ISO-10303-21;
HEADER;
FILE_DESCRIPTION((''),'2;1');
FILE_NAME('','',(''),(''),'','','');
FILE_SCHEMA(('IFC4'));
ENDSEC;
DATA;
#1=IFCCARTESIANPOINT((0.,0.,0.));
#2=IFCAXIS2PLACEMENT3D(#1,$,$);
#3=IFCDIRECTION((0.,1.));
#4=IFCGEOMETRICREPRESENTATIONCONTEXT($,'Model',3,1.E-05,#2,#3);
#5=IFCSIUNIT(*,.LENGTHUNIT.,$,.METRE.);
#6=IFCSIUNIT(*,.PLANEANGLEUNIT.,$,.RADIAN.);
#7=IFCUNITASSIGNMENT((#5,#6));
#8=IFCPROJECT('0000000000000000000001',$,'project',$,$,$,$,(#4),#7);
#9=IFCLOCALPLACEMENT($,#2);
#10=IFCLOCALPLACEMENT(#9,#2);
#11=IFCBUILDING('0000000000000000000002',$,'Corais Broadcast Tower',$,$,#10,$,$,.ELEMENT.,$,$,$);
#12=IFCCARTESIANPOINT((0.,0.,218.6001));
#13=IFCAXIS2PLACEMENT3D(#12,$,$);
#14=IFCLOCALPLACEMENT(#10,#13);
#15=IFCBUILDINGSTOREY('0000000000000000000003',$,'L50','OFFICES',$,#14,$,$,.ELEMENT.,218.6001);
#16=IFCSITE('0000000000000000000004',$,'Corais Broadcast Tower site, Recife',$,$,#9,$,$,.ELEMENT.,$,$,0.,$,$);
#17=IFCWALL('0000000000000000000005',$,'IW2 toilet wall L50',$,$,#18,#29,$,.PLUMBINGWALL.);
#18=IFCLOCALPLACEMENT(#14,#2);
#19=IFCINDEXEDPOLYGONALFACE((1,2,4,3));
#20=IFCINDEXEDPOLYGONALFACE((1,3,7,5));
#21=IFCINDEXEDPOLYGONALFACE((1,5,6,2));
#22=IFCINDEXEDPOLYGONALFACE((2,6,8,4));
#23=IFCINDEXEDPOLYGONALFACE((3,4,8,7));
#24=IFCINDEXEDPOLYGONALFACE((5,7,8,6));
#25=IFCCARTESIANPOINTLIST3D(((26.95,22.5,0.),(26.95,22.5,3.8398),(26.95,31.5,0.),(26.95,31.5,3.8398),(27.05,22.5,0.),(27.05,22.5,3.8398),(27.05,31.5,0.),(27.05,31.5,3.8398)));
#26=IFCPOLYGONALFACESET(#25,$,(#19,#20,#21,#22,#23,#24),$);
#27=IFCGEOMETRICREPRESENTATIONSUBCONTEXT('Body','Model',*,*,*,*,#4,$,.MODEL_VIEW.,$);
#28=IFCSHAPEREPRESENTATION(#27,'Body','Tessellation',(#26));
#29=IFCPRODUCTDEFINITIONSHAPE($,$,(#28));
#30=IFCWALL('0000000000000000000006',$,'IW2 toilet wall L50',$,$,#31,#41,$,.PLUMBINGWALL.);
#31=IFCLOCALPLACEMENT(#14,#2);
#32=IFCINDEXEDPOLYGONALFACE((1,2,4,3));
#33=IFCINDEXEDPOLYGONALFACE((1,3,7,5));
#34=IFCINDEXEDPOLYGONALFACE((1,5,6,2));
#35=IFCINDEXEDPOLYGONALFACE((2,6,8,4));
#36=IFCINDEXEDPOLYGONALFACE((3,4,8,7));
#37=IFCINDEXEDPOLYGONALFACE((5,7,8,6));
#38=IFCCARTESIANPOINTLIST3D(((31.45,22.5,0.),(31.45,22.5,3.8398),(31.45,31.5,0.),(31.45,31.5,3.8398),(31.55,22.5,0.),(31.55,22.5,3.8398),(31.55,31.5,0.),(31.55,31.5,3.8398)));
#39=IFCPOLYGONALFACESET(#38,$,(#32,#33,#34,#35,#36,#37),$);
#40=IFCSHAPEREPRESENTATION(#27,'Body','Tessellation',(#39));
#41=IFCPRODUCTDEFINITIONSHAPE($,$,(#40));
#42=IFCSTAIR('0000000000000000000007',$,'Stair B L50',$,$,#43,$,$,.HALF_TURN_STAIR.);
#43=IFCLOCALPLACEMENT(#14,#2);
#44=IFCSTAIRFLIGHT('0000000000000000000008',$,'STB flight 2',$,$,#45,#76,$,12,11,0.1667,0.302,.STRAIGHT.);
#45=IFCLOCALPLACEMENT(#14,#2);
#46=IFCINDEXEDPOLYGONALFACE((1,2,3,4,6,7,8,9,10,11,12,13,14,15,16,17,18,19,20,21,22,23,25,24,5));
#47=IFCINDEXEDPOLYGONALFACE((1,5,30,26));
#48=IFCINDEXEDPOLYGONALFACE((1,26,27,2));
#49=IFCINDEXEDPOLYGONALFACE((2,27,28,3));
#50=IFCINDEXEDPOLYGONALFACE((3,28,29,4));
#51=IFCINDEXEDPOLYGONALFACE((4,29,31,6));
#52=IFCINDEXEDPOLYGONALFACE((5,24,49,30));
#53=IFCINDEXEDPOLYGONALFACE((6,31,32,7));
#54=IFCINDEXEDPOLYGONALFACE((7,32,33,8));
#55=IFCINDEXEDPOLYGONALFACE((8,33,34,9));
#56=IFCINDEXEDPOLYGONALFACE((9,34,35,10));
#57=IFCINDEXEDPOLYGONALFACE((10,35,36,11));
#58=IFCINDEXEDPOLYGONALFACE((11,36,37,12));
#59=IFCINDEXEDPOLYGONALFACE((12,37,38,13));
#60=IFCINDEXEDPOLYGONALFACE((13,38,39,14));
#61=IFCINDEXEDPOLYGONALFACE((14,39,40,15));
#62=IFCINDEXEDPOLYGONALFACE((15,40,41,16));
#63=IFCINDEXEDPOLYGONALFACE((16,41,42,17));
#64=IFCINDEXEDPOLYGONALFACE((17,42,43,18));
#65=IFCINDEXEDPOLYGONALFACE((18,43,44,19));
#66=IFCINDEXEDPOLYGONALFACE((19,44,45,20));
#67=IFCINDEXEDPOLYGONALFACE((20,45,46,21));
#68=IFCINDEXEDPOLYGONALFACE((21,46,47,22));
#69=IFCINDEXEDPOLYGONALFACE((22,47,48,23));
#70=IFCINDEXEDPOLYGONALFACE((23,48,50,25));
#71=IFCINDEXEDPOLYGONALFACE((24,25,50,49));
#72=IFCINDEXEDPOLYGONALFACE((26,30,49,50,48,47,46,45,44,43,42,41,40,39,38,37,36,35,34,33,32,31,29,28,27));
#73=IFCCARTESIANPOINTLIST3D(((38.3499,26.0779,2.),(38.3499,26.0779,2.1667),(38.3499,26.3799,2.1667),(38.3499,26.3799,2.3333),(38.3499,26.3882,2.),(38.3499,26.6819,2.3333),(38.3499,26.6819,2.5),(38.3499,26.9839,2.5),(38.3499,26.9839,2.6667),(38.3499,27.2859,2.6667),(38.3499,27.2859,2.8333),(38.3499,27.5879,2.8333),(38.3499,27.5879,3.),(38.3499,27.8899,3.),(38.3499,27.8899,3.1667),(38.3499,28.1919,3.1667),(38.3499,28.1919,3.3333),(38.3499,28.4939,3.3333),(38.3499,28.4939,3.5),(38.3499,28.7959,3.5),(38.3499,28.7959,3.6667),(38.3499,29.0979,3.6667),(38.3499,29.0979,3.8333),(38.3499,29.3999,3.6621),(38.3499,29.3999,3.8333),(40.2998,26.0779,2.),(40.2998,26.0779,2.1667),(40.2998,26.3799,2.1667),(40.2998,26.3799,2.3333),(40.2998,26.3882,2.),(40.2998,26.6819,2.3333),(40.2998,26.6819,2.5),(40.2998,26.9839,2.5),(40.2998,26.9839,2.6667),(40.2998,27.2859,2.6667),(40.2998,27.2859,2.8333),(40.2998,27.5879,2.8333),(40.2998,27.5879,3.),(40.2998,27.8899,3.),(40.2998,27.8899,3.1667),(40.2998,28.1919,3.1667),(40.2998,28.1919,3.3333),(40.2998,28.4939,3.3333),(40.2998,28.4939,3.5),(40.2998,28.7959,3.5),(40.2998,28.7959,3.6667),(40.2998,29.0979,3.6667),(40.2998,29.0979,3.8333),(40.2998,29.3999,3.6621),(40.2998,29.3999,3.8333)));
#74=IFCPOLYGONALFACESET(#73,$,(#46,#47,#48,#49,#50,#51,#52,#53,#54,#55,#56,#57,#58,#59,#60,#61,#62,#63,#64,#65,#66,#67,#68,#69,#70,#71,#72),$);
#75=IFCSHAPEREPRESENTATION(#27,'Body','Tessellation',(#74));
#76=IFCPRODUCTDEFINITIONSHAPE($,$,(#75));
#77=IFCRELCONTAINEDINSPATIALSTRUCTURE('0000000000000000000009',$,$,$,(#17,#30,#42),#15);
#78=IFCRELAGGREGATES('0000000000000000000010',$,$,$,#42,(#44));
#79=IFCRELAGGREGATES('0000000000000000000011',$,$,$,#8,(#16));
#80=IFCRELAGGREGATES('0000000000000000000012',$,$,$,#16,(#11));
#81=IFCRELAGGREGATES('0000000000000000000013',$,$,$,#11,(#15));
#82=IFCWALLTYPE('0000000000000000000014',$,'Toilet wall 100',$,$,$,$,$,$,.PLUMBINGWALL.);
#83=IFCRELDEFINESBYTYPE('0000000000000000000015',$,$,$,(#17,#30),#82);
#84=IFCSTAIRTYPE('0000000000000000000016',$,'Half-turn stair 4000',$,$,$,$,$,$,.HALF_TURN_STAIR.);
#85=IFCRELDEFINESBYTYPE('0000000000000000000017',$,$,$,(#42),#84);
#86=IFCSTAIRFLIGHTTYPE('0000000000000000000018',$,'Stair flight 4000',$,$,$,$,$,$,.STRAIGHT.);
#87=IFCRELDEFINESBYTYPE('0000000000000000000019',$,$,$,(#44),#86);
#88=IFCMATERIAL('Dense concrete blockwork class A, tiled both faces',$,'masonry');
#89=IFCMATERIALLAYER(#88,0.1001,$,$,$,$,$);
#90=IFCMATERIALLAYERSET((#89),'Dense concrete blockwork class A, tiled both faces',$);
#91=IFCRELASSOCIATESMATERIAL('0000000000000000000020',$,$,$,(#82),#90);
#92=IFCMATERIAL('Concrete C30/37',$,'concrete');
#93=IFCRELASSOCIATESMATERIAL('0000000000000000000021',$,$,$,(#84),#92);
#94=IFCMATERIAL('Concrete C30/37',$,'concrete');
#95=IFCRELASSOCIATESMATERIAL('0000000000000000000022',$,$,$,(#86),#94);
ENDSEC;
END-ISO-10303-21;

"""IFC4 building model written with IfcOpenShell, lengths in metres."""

from ifc_helpers import new_model, si_unit, direction, frame, frame_2d, origin, place, context, subcontext, project, spatial, polyline, rectangle, outline, extrude, material, layer, layer_set, type_object, element, aggregate, save


model = new_model("IFC4")

# Units and contexts
model_context = context("Model", 3, precision=1e-05, world=origin(), true_north=direction((0.0, 1.0)))
body_context = subcontext(model_context, "Body", "Model", "MODEL_VIEW")
ifc_project = project(units=[si_unit("LENGTHUNIT", "METRE"), si_unit("PLANEANGLEUNIT", "RADIAN")], contexts=[model_context])

# Site, building, storey
site_placement = place(None, origin())
site = spatial("IfcSite", under=ifc_project, at=site_placement, Name="Corais Broadcast Tower site, Recife", CompositionType="ELEMENT", RefElevation=0.0)
building_placement = place(site_placement, origin())
building = spatial("IfcBuilding", under=site, at=building_placement, Name="Corais Broadcast Tower", CompositionType="ELEMENT")
storey_placement = place(building_placement, frame((0.0, 0.0, 218.6001)))
storey = spatial("IfcBuildingStorey", under=building, at=storey_placement, Name="L50", Description="OFFICES", CompositionType="ELEMENT", Elevation=218.6001)

# Walls
ifc_material_1 = material(Name="Dense concrete blockwork class A, tiled both faces", Category="masonry")
ifc_layer_1 = layer(ifc_material_1, 0.1001)
ifc_layer_set_1 = layer_set([ifc_layer_1], Name="Dense concrete blockwork class A, tiled both faces")
wall_type_1 = type_object("IfcWallType", Name="Toilet wall 100", PredefinedType="PLUMBINGWALL", material=ifc_layer_set_1)
for number, where, z_axis, x_axis, name in (
    (1, (27.0, 22.5, 0.0), (0.0, 0.0, 1.0), (0.0, 1.0, 0.0), "IW2 toilet wall L50"),
    (2, (31.5, 22.5, 0.0), (0.0, 0.0, 1.0), (0.0, 1.0, 0.0), "IW2 toilet wall L50"),
):
    element("IfcWall", number, at=place(storey_placement, frame(where, z_axis=z_axis, x_axis=x_axis)), inside=storey, type_object=wall_type_1, Name=name, PredefinedType="PLUMBINGWALL", context=body_context, shape_type="SweptSolid", body=[
        extrude(rectangle(XDim=9.0, YDim=0.1001, at=frame_2d((4.5, 0.0))), origin(), (0.0, 0.0, 1.0), 3.8398),
    ])

# Stair, stair flight
ifc_material_2 = material(Name="Concrete C30/37", Category="concrete")
stair_type = type_object("IfcStairType", Name="Half-turn stair 4000", PredefinedType="HALF_TURN_STAIR", material=ifc_material_2)
stair_placement = place(storey_placement, origin())
stair = element("IfcStair", 3, at=stair_placement, inside=storey, type_object=stair_type, Name="Stair B L50", PredefinedType="HALF_TURN_STAIR")
ifc_material_3 = material(Name="Concrete C30/37", Category="concrete")
stair_flight_type = type_object("IfcStairFlightType", Name="Stair flight 4000", PredefinedType="STRAIGHT", material=ifc_material_3)
stair_flight_placement = place(storey_placement, frame((39.325, 26.0779, 2.0), z_axis=(0.0, 0.0, 1.0), x_axis=(0.0, 1.0, 0.0)))
stair_flight = element("IfcStairFlight", 4, at=stair_flight_placement, type_object=stair_flight_type, Name="STB flight 2", NumberOfRisers=12, NumberOfTreads=11, PredefinedType="STRAIGHT", RiserHeight=0.1667, TreadLength=0.302, context=body_context, shape_type="SweptSolid", body=[
    extrude(outline(polyline([(0.0, 0.0), (0.0, 0.1667), (0.302, 0.1667), (0.302, 0.3333), (0.604, 0.3333), (0.604, 0.5), (0.906, 0.5), (0.906, 0.6667), (1.208, 0.6667), (1.208, 0.8333), (1.51, 0.8333), (1.51, 1.0), (1.812, 1.0), (1.812, 1.1667), (2.114, 1.1667), (2.114, 1.3333), (2.416, 1.3333), (2.416, 1.5), (2.718, 1.5), (2.718, 1.6667), (3.02, 1.6667), (3.02, 1.8333), (3.322, 1.8333), (3.322, 2.0), (3.322, 1.6621), (0.3103, 0.0), (0.0, 0.0)])), frame((0.0, 0.9751, 0.0), z_axis=(0.0, -1.0, 0.0), x_axis=(1.0, 0.0, 0.0)), (0.0, 0.0, 1.0), 1.95),
])
aggregate(stair, [stair_flight])

save(model, "model.ifc")
